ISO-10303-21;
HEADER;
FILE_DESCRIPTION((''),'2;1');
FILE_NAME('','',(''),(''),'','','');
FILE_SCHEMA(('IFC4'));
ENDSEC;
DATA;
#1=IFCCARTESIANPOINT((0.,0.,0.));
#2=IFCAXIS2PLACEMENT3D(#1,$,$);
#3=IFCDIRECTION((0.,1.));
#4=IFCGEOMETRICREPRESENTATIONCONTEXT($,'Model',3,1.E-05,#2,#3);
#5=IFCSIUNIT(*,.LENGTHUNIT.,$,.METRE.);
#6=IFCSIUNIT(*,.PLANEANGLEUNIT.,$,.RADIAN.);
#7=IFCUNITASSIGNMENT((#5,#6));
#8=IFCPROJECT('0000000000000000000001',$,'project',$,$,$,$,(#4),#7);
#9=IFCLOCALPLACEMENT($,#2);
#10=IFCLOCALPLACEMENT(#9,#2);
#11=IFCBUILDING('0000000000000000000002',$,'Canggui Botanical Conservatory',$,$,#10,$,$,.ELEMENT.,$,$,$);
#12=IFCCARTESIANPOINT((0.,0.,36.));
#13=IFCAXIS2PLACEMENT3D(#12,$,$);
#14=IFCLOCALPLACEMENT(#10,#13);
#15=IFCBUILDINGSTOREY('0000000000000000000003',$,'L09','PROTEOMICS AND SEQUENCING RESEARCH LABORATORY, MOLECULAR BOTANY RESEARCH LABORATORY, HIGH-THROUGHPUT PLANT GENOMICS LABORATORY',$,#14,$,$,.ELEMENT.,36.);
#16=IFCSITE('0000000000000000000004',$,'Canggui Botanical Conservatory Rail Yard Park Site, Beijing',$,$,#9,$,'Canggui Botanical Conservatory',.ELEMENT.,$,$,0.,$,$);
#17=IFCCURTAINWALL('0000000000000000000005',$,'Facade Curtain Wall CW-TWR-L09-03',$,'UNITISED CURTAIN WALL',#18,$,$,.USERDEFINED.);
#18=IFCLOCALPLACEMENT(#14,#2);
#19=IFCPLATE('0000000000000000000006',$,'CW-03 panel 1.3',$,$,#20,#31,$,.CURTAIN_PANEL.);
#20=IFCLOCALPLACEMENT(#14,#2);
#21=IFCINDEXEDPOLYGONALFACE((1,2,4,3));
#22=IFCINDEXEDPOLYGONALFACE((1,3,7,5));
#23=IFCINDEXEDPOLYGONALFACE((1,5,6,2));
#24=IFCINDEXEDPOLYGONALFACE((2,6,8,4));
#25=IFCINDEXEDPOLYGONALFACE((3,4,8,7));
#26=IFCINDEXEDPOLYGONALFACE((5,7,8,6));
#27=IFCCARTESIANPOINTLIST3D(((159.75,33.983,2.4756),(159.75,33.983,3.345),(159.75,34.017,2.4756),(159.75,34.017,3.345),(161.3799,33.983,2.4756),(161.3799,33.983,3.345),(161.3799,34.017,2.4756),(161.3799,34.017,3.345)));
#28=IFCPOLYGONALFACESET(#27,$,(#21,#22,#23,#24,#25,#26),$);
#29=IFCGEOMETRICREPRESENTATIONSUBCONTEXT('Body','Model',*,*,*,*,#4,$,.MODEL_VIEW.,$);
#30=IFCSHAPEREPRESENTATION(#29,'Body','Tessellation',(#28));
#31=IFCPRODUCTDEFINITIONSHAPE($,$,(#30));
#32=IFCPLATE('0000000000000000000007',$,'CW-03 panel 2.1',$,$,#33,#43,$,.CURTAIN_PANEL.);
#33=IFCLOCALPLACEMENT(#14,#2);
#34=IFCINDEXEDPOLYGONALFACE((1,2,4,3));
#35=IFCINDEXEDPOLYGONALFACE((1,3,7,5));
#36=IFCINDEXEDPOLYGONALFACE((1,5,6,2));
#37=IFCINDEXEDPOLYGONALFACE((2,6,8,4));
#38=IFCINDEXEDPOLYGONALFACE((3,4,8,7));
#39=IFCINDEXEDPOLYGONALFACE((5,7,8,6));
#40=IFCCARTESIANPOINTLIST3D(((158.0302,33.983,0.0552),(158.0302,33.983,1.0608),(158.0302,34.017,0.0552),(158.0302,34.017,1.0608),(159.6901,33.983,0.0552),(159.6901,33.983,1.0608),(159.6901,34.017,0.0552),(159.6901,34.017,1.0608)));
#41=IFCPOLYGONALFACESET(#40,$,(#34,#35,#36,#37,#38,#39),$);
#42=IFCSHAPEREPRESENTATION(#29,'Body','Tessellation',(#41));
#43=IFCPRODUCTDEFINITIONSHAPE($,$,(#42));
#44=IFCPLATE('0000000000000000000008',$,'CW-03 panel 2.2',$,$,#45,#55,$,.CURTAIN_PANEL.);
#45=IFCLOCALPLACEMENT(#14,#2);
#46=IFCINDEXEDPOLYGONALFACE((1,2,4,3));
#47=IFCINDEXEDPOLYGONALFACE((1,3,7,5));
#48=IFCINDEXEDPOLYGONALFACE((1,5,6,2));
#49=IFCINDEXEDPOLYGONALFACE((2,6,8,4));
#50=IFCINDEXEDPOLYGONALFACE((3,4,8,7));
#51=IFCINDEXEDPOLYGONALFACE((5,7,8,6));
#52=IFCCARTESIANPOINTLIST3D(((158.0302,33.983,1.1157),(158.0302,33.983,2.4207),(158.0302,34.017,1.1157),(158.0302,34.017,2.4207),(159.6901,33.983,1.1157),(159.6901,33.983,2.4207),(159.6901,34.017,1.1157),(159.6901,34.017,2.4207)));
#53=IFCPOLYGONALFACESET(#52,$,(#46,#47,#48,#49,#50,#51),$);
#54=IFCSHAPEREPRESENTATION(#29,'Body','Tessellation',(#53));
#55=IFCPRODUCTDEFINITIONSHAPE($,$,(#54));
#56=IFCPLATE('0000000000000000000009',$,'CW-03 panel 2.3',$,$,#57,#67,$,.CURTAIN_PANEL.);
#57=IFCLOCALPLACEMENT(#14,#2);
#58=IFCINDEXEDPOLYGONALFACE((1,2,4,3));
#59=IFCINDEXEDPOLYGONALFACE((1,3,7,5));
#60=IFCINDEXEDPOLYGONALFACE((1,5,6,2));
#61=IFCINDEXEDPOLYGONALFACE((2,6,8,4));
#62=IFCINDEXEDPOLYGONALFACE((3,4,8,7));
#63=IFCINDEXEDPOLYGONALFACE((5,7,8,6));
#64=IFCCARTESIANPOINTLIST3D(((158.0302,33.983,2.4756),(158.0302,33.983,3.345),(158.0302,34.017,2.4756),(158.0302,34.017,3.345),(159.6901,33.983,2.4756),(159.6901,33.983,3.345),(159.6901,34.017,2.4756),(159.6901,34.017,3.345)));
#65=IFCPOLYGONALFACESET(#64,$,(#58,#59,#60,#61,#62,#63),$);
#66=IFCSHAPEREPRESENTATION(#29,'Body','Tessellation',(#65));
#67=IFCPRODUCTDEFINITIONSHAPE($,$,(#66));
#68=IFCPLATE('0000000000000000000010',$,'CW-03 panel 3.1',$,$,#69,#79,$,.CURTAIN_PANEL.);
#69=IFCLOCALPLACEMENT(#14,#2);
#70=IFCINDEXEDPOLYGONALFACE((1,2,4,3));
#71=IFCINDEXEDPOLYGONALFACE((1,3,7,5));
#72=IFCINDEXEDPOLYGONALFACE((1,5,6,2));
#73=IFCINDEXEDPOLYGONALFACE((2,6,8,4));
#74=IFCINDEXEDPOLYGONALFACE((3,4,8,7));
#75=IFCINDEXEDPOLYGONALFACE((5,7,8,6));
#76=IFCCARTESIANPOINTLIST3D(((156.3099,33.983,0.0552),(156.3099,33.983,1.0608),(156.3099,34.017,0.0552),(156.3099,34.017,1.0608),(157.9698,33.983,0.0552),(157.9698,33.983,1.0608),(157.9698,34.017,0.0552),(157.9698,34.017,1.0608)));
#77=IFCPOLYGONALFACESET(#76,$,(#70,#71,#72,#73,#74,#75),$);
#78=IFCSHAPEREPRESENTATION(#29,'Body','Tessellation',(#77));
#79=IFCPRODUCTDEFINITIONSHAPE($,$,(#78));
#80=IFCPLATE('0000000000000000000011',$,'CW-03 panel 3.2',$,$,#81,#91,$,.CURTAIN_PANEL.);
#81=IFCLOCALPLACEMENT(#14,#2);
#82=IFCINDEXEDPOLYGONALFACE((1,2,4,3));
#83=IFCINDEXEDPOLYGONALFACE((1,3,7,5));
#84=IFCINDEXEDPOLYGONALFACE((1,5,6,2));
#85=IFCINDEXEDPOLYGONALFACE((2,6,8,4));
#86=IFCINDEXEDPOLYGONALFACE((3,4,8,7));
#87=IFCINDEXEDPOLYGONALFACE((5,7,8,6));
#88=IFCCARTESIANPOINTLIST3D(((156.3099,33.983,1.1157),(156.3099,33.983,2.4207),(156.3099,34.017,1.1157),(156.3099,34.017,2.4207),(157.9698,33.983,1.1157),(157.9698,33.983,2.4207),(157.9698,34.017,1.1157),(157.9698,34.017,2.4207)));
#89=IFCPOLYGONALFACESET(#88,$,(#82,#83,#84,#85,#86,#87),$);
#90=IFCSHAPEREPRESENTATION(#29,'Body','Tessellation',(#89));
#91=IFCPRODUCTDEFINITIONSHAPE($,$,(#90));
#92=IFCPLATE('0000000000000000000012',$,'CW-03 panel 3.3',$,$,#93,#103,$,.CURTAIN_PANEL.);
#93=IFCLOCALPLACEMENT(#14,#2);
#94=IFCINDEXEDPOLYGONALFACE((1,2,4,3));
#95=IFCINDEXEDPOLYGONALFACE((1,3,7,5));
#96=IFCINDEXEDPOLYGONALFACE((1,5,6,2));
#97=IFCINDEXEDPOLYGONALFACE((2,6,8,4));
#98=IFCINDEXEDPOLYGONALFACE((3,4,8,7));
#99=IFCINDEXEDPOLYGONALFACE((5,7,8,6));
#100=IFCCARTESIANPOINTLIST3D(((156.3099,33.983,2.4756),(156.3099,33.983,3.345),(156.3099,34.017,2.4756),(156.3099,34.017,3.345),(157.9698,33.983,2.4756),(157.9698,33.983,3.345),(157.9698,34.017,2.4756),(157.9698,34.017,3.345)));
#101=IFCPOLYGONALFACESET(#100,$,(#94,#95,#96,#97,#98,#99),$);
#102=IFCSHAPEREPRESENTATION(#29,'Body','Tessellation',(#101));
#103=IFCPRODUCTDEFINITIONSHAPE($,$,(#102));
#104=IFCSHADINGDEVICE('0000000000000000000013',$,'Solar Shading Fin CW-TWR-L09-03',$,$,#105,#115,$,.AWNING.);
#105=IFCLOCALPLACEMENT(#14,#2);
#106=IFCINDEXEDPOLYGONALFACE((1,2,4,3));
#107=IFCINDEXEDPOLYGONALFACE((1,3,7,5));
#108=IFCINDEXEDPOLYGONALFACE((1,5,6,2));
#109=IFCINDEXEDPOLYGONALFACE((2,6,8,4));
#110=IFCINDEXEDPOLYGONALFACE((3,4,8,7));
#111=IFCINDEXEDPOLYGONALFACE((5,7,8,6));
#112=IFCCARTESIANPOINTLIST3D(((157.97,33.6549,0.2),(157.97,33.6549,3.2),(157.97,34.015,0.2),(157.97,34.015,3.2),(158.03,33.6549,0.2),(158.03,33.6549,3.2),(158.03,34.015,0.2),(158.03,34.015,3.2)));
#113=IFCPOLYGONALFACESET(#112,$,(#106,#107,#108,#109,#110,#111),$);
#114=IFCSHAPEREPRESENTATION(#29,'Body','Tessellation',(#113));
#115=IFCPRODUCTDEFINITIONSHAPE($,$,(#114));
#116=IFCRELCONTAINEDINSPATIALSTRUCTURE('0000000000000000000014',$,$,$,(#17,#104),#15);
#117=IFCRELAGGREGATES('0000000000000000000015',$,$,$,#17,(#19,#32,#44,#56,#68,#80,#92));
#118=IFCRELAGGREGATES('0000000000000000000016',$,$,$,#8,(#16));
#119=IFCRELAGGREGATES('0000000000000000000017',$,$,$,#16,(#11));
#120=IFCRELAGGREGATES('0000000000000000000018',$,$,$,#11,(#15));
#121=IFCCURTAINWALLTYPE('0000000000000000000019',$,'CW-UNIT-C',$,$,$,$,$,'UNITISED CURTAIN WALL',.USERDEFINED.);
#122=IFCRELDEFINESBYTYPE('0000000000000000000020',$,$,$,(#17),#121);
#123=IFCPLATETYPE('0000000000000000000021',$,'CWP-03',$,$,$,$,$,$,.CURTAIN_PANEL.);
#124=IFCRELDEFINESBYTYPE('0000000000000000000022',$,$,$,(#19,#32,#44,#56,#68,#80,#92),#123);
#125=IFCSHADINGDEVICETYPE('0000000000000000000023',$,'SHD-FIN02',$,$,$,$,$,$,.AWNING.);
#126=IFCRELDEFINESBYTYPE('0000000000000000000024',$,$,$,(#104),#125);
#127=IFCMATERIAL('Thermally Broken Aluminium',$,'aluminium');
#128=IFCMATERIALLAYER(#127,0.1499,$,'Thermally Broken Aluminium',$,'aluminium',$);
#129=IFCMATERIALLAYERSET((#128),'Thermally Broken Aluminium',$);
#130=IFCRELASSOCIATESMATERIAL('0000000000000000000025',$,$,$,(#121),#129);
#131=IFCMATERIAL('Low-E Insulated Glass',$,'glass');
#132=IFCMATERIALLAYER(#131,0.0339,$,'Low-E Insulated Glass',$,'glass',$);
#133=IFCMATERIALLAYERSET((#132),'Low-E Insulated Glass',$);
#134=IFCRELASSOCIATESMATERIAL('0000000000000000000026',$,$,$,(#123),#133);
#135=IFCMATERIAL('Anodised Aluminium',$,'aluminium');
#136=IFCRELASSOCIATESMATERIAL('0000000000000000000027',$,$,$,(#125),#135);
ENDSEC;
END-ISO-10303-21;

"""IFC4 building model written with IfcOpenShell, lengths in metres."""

from ifc_helpers import new_model, si_unit, direction, frame, origin, origin_2d, place, context, subcontext, project, spatial, rectangle, extrude, material, layer, layer_set, type_object, element, aggregate, save


model = new_model("IFC4")

# Units and contexts
model_context = context("Model", 3, precision=1e-05, world=origin(), true_north=direction((0.0, 1.0)))
body_context = subcontext(model_context, "Body", "Model", "MODEL_VIEW")
ifc_project = project(units=[si_unit("LENGTHUNIT", "METRE"), si_unit("PLANEANGLEUNIT", "RADIAN")], contexts=[model_context])

# Site, building, storey
site_placement = place(None, origin())
site = spatial("IfcSite", under=ifc_project, at=site_placement, Name="Canggui Botanical Conservatory Rail Yard Park Site, Beijing", LongName="Canggui Botanical Conservatory", CompositionType="ELEMENT", RefElevation=0.0)
building_placement = place(site_placement, origin())
building = spatial("IfcBuilding", under=site, at=building_placement, Name="Canggui Botanical Conservatory", CompositionType="ELEMENT")
storey_placement = place(building_placement, frame((0.0, 0.0, 36.0)))
storey = spatial("IfcBuildingStorey", under=building, at=storey_placement, Name="L09", Description="PROTEOMICS AND SEQUENCING RESEARCH LABORATORY, MOLECULAR BOTANY RESEARCH LABORATORY, HIGH-THROUGHPUT PLANT GENOMICS LABORATORY", CompositionType="ELEMENT", Elevation=36.0)

# Curtain wall, plates
ifc_material_1 = material(Name="Thermally Broken Aluminium", Category="aluminium")
ifc_layer_1 = layer(ifc_material_1, 0.1499, Name="Thermally Broken Aluminium", Category="aluminium")
ifc_layer_set_1 = layer_set([ifc_layer_1], Name="Thermally Broken Aluminium")
curtain_wall_type = type_object("IfcCurtainWallType", Name="CW-UNIT-C", ElementType="UNITISED CURTAIN WALL", PredefinedType="USERDEFINED", material=ifc_layer_set_1)
curtain_wall_placement = place(storey_placement, origin())
curtain_wall = element("IfcCurtainWall", 1, at=curtain_wall_placement, inside=storey, type_object=curtain_wall_type, Name="Facade Curtain Wall CW-TWR-L09-03", ObjectType="UNITISED CURTAIN WALL", PredefinedType="USERDEFINED")
ifc_material_2 = material(Name="Low-E Insulated Glass", Category="glass")
ifc_layer_2 = layer(ifc_material_2, 0.0339, Name="Low-E Insulated Glass", Category="glass")
ifc_layer_set_2 = layer_set([ifc_layer_2], Name="Low-E Insulated Glass")
plate_type = type_object("IfcPlateType", Name="CWP-03", PredefinedType="CURTAIN_PANEL", material=ifc_layer_set_2)
plate_1_placement = place(storey_placement, frame((160.5649, 34.0, 2.4756), z_axis=(0.0, 0.0, 1.0), x_axis=(-1.0, 0.0, 0.0)))
plate_1 = element("IfcPlate", 2, at=plate_1_placement, type_object=plate_type, Name="CW-03 panel 1.3", PredefinedType="CURTAIN_PANEL", context=body_context, shape_type="SweptSolid", body=[
    extrude(rectangle(XDim=1.6299, YDim=0.0339, at=origin_2d()), origin(), (0.0, 0.0, 1.0), 0.8694),
])
plate_2_placement = place(storey_placement, frame((158.8601, 34.0, 0.0552), z_axis=(0.0, 0.0, 1.0), x_axis=(-1.0, 0.0, 0.0)))
plate_2 = element("IfcPlate", 3, at=plate_2_placement, type_object=plate_type, Name="CW-03 panel 2.1", PredefinedType="CURTAIN_PANEL", context=body_context, shape_type="SweptSolid", body=[
    extrude(rectangle(XDim=1.6599, YDim=0.0339, at=origin_2d()), origin(), (0.0, 0.0, 1.0), 1.0056),
])
plate_3_placement = place(storey_placement, frame((158.8601, 34.0, 1.1157), z_axis=(0.0, 0.0, 1.0), x_axis=(-1.0, 0.0, 0.0)))
plate_3 = element("IfcPlate", 4, at=plate_3_placement, type_object=plate_type, Name="CW-03 panel 2.2", PredefinedType="CURTAIN_PANEL", context=body_context, shape_type="SweptSolid", body=[
    extrude(rectangle(XDim=1.6599, YDim=0.0339, at=origin_2d()), origin(), (0.0, 0.0, 1.0), 1.3049),
])
plate_4_placement = place(storey_placement, frame((158.8601, 34.0, 2.4756), z_axis=(0.0, 0.0, 1.0), x_axis=(-1.0, 0.0, 0.0)))
plate_4 = element("IfcPlate", 5, at=plate_4_placement, type_object=plate_type, Name="CW-03 panel 2.3", PredefinedType="CURTAIN_PANEL", context=body_context, shape_type="SweptSolid", body=[
    extrude(rectangle(XDim=1.6599, YDim=0.0339, at=origin_2d()), origin(), (0.0, 0.0, 1.0), 0.8694),
])
plate_5_placement = place(storey_placement, frame((157.1399, 34.0, 0.0552), z_axis=(0.0, 0.0, 1.0), x_axis=(-1.0, 0.0, 0.0)))
plate_5 = element("IfcPlate", 6, at=plate_5_placement, type_object=plate_type, Name="CW-03 panel 3.1", PredefinedType="CURTAIN_PANEL", context=body_context, shape_type="SweptSolid", body=[
    extrude(rectangle(XDim=1.6599, YDim=0.0339, at=origin_2d()), origin(), (0.0, 0.0, 1.0), 1.0056),
])
plate_6_placement = place(storey_placement, frame((157.1399, 34.0, 1.1157), z_axis=(0.0, 0.0, 1.0), x_axis=(-1.0, 0.0, 0.0)))
plate_6 = element("IfcPlate", 7, at=plate_6_placement, type_object=plate_type, Name="CW-03 panel 3.2", PredefinedType="CURTAIN_PANEL", context=body_context, shape_type="SweptSolid", body=[
    extrude(rectangle(XDim=1.6599, YDim=0.0339, at=origin_2d()), origin(), (0.0, 0.0, 1.0), 1.3049),
])
plate_7_placement = place(storey_placement, frame((157.1399, 34.0, 2.4756), z_axis=(0.0, 0.0, 1.0), x_axis=(-1.0, 0.0, 0.0)))
plate_7 = element("IfcPlate", 8, at=plate_7_placement, type_object=plate_type, Name="CW-03 panel 3.3", PredefinedType="CURTAIN_PANEL", context=body_context, shape_type="SweptSolid", body=[
    extrude(rectangle(XDim=1.6599, YDim=0.0339, at=origin_2d()), origin(), (0.0, 0.0, 1.0), 0.8694),
])
aggregate(curtain_wall, [plate_1, plate_2, plate_3, plate_4, plate_5, plate_6, plate_7])

# Shading device
ifc_material_3 = material(Name="Anodised Aluminium", Category="aluminium")
shading_device_type = type_object("IfcShadingDeviceType", Name="SHD-FIN02", PredefinedType="AWNING", material=ifc_material_3)
shading_device_placement = place(storey_placement, frame((158.0, 33.835, 0.2), z_axis=(0.0, 0.0, 1.0), x_axis=(-1.0, 0.0, 0.0)))
element("IfcShadingDevice", 9, at=shading_device_placement, inside=storey, type_object=shading_device_type, Name="Solar Shading Fin CW-TWR-L09-03", PredefinedType="AWNING", context=body_context, shape_type="SweptSolid", body=[
    extrude(rectangle(XDim=0.0601, YDim=0.3601, at=origin_2d()), origin(), (0.0, 0.0, 1.0), 3.0),
])

save(model, "model.ifc")
